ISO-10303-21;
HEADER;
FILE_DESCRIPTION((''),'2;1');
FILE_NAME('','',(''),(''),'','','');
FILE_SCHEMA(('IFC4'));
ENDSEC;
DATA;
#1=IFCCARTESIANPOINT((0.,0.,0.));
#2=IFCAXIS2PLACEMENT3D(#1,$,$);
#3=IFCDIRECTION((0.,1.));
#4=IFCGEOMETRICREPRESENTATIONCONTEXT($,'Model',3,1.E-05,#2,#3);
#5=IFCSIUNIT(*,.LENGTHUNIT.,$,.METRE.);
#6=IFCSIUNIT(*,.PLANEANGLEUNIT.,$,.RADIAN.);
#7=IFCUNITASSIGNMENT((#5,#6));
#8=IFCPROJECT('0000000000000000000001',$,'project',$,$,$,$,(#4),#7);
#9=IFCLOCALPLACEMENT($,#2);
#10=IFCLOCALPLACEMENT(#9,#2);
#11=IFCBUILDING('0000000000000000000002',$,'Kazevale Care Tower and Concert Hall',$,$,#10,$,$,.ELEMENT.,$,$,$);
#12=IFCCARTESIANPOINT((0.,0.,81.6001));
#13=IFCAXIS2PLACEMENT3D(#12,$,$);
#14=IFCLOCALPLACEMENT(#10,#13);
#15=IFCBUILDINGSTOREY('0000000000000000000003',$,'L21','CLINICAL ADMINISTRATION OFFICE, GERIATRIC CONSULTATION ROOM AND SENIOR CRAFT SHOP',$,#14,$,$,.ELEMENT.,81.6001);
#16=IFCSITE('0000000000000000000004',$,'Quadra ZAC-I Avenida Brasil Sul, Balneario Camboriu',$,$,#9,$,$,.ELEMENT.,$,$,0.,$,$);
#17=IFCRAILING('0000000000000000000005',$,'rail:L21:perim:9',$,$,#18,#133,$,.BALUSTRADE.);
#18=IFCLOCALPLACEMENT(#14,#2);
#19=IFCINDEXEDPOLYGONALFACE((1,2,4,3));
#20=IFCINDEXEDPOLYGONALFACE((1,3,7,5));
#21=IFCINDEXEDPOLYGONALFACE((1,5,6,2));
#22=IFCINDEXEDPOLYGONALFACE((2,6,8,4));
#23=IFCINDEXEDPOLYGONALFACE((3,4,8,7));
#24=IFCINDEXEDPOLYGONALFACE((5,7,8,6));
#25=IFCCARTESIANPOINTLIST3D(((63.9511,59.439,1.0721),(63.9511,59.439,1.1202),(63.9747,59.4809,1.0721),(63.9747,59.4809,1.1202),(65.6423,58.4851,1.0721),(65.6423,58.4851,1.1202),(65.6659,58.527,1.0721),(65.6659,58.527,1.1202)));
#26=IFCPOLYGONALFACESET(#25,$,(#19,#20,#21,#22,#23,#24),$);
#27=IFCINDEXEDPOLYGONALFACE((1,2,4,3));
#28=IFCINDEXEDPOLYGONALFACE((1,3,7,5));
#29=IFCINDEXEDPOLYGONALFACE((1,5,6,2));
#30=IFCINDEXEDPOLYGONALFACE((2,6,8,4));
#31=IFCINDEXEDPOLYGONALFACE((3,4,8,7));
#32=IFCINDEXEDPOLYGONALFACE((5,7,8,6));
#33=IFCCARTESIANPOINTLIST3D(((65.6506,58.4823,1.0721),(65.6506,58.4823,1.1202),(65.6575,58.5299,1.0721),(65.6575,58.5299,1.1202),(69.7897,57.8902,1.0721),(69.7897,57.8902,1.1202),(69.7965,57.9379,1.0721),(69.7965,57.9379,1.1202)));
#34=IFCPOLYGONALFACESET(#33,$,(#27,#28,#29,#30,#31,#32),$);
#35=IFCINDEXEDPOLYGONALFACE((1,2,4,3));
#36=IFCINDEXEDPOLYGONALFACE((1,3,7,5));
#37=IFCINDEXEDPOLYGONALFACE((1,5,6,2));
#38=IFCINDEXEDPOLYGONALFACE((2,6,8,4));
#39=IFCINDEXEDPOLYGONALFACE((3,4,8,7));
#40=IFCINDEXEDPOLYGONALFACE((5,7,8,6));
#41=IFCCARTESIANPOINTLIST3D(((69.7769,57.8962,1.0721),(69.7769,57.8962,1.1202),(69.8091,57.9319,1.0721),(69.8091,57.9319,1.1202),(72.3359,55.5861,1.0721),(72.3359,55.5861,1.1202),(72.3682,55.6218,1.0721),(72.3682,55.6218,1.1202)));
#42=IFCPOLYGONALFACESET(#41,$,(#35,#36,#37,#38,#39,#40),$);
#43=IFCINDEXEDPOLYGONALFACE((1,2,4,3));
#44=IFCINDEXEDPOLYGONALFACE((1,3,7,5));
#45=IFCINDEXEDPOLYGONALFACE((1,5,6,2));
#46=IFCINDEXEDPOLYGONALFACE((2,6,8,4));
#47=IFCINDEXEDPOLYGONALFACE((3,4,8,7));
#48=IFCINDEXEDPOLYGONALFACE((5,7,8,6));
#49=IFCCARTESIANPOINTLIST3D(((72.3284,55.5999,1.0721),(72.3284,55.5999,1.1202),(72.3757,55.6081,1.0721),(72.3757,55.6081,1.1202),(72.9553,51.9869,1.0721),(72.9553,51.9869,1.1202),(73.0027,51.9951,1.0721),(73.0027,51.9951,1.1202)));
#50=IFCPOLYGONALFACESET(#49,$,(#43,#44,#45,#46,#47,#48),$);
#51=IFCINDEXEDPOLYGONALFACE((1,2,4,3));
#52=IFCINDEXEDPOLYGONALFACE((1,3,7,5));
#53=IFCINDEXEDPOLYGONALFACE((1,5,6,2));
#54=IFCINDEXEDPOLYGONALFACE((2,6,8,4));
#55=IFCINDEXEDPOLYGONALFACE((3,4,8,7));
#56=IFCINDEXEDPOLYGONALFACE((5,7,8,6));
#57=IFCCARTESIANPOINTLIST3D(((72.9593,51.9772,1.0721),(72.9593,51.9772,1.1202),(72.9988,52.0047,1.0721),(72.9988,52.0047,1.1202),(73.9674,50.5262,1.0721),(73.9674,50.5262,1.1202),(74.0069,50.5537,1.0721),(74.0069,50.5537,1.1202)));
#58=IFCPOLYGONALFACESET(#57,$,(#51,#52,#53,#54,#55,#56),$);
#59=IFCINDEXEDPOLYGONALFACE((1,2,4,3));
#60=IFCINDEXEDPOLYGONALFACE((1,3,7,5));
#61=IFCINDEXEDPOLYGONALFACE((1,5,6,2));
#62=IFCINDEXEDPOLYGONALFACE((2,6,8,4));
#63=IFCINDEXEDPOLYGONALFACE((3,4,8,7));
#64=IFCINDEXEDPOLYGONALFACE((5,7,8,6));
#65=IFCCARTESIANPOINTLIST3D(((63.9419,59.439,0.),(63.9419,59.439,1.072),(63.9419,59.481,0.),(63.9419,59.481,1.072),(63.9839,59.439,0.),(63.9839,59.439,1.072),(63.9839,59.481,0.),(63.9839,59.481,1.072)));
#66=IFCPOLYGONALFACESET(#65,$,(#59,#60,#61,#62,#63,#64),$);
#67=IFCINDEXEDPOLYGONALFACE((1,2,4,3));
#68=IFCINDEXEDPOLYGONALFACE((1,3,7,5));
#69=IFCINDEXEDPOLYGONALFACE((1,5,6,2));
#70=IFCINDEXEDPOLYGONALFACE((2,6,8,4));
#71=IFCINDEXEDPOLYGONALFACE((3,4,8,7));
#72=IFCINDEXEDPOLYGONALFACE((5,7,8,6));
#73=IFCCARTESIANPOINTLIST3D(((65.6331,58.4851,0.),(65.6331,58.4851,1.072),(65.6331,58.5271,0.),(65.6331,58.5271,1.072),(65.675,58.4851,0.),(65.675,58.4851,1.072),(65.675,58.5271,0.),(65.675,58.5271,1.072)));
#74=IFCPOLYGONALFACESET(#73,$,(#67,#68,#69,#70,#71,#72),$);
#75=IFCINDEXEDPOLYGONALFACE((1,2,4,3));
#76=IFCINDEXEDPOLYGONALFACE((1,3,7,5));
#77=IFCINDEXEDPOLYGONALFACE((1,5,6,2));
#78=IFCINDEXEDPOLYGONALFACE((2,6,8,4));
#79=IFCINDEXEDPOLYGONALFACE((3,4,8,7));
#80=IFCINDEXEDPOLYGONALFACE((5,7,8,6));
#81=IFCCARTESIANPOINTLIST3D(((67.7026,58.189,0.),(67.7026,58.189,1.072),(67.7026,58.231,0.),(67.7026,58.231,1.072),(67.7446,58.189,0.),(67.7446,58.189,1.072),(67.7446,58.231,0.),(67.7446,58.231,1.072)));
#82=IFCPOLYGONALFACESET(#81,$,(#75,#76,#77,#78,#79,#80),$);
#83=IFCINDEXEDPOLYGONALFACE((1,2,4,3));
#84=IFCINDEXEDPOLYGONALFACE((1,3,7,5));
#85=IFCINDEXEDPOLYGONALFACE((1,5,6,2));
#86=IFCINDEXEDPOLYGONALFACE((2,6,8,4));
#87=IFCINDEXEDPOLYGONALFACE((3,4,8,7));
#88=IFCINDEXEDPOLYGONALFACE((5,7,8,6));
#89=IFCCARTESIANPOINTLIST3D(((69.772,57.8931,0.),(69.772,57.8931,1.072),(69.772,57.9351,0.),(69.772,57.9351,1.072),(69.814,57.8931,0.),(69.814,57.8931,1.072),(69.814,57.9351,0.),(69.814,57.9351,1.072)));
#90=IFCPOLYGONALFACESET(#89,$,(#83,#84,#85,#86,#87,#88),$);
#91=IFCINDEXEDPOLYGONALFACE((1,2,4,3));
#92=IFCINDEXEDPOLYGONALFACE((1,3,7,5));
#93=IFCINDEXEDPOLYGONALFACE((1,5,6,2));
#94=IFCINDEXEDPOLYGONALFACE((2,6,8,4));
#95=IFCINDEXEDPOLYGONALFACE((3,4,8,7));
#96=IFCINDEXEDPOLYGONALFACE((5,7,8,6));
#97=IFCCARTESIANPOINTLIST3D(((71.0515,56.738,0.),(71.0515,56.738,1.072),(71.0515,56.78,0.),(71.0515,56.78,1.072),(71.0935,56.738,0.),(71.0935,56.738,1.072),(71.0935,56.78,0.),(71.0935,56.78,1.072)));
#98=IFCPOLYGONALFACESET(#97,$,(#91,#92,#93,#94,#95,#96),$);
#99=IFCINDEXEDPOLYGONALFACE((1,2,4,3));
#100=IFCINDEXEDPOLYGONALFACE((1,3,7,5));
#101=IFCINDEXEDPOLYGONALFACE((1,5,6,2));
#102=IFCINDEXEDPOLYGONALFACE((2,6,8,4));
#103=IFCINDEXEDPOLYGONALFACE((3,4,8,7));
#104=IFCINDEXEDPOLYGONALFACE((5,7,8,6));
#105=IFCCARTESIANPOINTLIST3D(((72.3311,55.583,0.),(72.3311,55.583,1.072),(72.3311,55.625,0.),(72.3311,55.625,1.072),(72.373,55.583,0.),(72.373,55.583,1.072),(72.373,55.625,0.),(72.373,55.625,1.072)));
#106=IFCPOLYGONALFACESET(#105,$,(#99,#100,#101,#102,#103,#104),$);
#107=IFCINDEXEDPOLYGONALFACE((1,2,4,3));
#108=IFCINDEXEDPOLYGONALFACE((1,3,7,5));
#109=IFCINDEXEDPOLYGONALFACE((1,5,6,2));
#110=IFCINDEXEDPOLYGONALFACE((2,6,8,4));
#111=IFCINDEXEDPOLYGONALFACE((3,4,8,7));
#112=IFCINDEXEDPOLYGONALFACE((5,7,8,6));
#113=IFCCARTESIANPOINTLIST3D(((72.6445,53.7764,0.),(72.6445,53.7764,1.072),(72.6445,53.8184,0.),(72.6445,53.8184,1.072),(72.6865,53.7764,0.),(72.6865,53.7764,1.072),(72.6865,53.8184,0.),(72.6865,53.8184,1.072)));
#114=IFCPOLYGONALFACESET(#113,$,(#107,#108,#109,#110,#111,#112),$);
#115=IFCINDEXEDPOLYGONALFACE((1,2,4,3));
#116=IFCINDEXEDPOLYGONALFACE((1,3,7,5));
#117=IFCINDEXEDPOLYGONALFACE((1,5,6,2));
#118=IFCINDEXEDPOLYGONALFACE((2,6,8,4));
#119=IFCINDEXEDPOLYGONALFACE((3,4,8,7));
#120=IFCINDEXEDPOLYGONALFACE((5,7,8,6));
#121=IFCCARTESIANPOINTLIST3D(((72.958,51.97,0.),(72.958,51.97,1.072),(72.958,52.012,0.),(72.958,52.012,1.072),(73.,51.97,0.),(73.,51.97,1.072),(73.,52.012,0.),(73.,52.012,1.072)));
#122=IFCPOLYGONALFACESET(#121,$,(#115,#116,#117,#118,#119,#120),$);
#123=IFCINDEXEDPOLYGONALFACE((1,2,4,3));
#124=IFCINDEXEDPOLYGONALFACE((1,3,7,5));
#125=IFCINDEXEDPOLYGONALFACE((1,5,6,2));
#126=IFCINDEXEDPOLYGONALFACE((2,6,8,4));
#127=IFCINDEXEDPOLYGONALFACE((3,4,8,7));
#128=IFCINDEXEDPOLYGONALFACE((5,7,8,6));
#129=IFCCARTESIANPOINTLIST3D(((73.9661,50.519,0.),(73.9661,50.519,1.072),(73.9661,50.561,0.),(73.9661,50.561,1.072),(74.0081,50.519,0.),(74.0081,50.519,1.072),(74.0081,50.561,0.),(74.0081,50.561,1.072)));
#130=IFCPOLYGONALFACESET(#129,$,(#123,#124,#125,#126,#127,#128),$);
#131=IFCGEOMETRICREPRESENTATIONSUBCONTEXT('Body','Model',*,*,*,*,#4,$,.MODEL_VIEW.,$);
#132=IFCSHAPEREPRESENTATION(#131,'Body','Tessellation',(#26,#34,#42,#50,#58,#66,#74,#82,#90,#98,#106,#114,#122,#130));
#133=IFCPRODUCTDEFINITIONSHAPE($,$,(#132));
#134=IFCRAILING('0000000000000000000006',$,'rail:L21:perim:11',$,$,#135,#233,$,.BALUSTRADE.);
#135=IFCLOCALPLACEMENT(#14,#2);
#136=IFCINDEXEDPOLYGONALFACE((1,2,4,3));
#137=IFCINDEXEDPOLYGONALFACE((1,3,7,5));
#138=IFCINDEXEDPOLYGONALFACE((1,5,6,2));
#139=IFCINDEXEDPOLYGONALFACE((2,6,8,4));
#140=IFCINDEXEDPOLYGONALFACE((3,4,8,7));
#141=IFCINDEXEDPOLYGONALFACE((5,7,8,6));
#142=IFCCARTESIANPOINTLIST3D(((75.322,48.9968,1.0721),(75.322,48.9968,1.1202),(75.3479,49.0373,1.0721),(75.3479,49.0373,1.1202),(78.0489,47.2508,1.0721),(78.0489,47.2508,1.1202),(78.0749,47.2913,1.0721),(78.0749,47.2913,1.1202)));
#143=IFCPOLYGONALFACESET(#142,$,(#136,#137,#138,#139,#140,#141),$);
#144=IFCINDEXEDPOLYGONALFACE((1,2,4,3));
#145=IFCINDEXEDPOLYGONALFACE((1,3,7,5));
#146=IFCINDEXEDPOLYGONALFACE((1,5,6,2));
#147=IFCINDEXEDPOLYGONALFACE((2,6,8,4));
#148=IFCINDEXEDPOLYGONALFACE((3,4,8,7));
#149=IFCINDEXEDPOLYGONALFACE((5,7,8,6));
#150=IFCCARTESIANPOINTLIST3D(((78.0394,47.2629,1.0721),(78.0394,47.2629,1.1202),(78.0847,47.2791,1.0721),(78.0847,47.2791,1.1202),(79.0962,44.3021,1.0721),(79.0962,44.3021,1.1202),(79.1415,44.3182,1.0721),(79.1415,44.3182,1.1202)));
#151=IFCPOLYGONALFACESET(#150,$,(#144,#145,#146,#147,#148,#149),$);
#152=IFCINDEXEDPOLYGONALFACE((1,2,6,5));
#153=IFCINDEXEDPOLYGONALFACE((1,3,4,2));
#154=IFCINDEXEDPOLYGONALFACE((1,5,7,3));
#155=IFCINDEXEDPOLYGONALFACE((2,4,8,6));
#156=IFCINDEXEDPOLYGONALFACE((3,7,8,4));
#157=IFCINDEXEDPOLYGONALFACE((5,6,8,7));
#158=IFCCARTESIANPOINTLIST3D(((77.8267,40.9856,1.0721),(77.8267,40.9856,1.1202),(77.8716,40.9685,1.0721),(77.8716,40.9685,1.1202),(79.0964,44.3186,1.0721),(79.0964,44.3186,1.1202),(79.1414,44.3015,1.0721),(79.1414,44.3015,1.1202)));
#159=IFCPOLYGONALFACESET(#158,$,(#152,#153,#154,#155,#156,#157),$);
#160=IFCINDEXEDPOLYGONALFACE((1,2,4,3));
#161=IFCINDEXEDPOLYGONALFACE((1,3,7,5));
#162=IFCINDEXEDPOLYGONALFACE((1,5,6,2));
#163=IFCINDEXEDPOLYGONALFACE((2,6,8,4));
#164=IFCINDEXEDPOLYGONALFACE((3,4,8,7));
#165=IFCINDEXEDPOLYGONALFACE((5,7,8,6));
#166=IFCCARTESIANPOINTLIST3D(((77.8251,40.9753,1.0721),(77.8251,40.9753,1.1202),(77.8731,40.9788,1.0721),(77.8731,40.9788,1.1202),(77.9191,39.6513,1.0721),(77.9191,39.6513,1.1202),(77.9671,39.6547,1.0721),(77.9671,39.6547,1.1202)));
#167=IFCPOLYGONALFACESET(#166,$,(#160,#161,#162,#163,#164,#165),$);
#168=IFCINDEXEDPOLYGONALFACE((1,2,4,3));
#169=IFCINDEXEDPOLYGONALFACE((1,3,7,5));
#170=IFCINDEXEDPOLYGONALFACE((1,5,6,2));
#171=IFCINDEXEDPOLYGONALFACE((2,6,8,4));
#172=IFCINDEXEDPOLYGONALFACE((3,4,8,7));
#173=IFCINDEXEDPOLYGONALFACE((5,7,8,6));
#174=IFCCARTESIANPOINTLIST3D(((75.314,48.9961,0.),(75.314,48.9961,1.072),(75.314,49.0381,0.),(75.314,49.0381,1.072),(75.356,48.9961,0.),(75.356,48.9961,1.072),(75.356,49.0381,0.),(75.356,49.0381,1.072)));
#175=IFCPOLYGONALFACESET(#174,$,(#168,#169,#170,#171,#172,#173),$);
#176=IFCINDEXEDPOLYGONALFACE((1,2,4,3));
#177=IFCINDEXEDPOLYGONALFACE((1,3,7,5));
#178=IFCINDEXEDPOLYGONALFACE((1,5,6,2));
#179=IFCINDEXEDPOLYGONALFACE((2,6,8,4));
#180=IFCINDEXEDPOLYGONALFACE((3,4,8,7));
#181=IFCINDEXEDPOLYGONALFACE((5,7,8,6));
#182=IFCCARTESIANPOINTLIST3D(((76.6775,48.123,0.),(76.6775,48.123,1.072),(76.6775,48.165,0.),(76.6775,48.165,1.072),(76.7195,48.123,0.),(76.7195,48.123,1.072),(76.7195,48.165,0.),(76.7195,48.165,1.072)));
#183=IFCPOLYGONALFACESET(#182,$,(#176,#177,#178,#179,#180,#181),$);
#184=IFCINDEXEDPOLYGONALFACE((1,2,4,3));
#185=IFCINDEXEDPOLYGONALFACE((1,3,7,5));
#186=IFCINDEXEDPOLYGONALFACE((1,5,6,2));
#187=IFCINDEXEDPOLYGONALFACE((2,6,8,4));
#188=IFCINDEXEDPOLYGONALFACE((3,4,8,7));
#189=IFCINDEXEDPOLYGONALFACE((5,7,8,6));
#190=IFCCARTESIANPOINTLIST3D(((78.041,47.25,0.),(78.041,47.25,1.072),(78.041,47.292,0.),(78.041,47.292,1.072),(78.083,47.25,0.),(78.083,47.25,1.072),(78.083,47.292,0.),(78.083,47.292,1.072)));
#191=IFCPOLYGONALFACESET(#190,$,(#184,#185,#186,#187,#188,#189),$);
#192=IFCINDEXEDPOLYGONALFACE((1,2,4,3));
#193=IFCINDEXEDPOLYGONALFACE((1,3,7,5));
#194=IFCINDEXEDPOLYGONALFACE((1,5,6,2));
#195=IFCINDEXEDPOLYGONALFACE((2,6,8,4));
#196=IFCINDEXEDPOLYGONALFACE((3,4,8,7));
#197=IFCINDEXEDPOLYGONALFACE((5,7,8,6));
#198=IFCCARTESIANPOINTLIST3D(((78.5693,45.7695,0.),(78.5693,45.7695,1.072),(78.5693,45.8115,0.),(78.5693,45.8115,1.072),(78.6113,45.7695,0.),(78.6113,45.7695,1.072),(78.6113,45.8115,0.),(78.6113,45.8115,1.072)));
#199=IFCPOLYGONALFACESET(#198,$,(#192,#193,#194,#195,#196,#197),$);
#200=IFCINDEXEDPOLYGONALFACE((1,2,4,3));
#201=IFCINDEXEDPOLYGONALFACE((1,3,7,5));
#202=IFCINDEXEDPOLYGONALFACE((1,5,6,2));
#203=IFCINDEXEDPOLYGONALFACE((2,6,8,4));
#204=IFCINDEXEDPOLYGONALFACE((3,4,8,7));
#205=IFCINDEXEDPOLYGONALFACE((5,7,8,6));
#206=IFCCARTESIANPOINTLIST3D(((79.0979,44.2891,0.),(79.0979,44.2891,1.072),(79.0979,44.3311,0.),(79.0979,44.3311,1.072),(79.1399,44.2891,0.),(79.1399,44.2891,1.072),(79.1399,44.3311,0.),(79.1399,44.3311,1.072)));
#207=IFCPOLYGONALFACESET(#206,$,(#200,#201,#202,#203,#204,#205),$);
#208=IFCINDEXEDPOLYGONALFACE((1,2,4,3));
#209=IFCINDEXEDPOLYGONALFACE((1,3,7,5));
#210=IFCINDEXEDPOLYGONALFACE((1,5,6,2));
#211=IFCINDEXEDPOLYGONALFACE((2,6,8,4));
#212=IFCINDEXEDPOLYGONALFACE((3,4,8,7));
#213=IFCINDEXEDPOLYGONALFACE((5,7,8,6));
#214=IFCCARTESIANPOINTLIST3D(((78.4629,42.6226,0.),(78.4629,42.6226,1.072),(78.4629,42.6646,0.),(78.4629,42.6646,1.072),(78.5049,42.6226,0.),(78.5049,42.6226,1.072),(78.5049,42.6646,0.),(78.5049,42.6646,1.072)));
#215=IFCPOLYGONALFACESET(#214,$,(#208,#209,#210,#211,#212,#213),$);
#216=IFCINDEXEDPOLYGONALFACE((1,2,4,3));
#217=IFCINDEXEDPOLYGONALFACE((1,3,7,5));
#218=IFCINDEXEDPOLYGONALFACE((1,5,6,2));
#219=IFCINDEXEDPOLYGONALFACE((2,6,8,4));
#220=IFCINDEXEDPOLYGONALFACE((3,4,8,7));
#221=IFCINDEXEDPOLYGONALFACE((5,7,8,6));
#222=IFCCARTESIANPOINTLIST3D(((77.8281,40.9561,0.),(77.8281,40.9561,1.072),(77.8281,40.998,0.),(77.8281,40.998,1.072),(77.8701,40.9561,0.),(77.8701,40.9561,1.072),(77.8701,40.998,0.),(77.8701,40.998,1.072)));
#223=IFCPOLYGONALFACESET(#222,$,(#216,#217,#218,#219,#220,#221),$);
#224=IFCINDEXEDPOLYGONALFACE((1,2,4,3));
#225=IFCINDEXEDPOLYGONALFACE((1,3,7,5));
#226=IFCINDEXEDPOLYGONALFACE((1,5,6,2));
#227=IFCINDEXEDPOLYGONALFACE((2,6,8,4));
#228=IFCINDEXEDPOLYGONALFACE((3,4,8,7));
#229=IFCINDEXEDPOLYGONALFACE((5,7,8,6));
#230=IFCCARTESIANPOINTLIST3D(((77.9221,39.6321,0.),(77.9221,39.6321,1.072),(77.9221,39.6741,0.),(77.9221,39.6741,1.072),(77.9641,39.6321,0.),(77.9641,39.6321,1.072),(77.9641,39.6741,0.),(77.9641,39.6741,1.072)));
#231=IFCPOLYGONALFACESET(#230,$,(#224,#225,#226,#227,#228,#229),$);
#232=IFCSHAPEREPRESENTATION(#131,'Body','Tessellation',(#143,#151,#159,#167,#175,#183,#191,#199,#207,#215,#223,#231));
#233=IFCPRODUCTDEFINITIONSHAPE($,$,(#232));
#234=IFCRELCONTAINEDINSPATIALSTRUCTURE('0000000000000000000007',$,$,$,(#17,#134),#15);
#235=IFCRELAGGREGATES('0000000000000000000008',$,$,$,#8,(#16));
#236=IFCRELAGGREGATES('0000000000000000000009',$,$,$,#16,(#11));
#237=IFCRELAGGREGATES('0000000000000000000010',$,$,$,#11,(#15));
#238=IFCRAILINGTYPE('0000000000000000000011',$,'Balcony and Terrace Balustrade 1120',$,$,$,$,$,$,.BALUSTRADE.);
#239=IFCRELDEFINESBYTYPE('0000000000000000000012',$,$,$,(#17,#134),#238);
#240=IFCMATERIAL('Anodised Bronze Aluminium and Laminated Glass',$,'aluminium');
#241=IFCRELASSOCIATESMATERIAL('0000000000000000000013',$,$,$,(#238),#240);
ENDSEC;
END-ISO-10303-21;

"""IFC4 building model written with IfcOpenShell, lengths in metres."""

from ifc_helpers import new_model, si_unit, direction, frame, origin, origin_2d, place, context, subcontext, project, spatial, rectangle, extrude, material, type_object, element, save


model = new_model("IFC4")

# Units and contexts
model_context = context("Model", 3, precision=1e-05, world=origin(), true_north=direction((0.0, 1.0)))
body_context = subcontext(model_context, "Body", "Model", "MODEL_VIEW")
ifc_project = project(units=[si_unit("LENGTHUNIT", "METRE"), si_unit("PLANEANGLEUNIT", "RADIAN")], contexts=[model_context])

# Site, building, storey
site_placement = place(None, origin())
site = spatial("IfcSite", under=ifc_project, at=site_placement, Name="Quadra ZAC-I Avenida Brasil Sul, Balneario Camboriu", CompositionType="ELEMENT", RefElevation=0.0)
building_placement = place(site_placement, origin())
building = spatial("IfcBuilding", under=site, at=building_placement, Name="Kazevale Care Tower and Concert Hall", CompositionType="ELEMENT")
storey_placement = place(building_placement, frame((0.0, 0.0, 81.6001)))
storey = spatial("IfcBuildingStorey", under=building, at=storey_placement, Name="L21", Description="CLINICAL ADMINISTRATION OFFICE, GERIATRIC CONSULTATION ROOM AND SENIOR CRAFT SHOP", CompositionType="ELEMENT", Elevation=81.6001)

# Railings
ifc_material_1 = material(Name="Anodised Bronze Aluminium and Laminated Glass", Category="aluminium")
railing_type = type_object("IfcRailingType", Name="Balcony and Terrace Balustrade 1120", PredefinedType="BALUSTRADE", material=ifc_material_1)
railing_1_placement = place(storey_placement, frame((63.9629, 59.46, 0.0)))
element("IfcRailing", 1, at=railing_1_placement, inside=storey, type_object=railing_type, Name="rail:L21:perim:9", PredefinedType="BALUSTRADE", context=body_context, shape_type="SweptSolid", body=[
    extrude(rectangle(XDim=0.0481, YDim=0.0481, at=origin_2d()), frame((0.0, 0.0, 1.0962), z_axis=(0.871007, -0.49127, 0.0), x_axis=(0.49127, 0.871007, 0.0)), (0.0, 0.0, 1.0), 1.9417),
    extrude(rectangle(XDim=0.0481, YDim=0.0481, at=origin_2d()), frame((1.6912, -0.9539, 1.0962), z_axis=(0.989924, -0.141601, 0.0), x_axis=(0.141601, 0.989924, 0.0)), (0.0, 0.0, 1.0), 4.1812),
    extrude(rectangle(XDim=0.0481, YDim=0.0481, at=origin_2d()), frame((5.8301, -1.5459, 1.0962), z_axis=(0.7423, -0.670067, 0.0), x_axis=(0.670067, 0.7423, 0.0)), (0.0, 0.0, 1.0), 3.4475),
    extrude(rectangle(XDim=0.0481, YDim=0.0481, at=origin_2d()), frame((8.3892, -3.856, 1.0962), z_axis=(0.17097, -0.985276, 0.0), x_axis=(0.985276, 0.17097, 0.0)), (0.0, 0.0, 1.0), 3.667),
    extrude(rectangle(XDim=0.0481, YDim=0.0481, at=origin_2d()), frame((9.0161, -7.469, 1.0962), z_axis=(0.570574, -0.821246, 0.0), x_axis=(0.821246, 0.570574, 0.0)), (0.0, 0.0, 1.0), 1.7668),
    extrude(rectangle(XDim=0.042, YDim=0.042, at=origin_2d()), origin(), (0.0, 0.0, 1.0), 1.072),
    extrude(rectangle(XDim=0.042, YDim=0.042, at=origin_2d()), frame((1.6912, -0.9539, 0.0)), (0.0, 0.0, 1.0), 1.072),
    extrude(rectangle(XDim=0.042, YDim=0.042, at=origin_2d()), frame((3.7607, -1.25, 0.0)), (0.0, 0.0, 1.0), 1.072),
    extrude(rectangle(XDim=0.042, YDim=0.042, at=origin_2d()), frame((5.8301, -1.5459, 0.0)), (0.0, 0.0, 1.0), 1.072),
    extrude(rectangle(XDim=0.042, YDim=0.042, at=origin_2d()), frame((7.1096, -2.7009, 0.0)), (0.0, 0.0, 1.0), 1.072),
    extrude(rectangle(XDim=0.042, YDim=0.042, at=origin_2d()), frame((8.3892, -3.856, 0.0)), (0.0, 0.0, 1.0), 1.072),
    extrude(rectangle(XDim=0.042, YDim=0.042, at=origin_2d()), frame((8.7026, -5.6626, 0.0)), (0.0, 0.0, 1.0), 1.072),
    extrude(rectangle(XDim=0.042, YDim=0.042, at=origin_2d()), frame((9.0161, -7.469, 0.0)), (0.0, 0.0, 1.0), 1.072),
    extrude(rectangle(XDim=0.042, YDim=0.042, at=origin_2d()), frame((10.0242, -8.9199, 0.0)), (0.0, 0.0, 1.0), 1.072),
])
railing_2_placement = place(storey_placement, frame((75.335, 49.0171, 0.0)))
element("IfcRailing", 2, at=railing_2_placement, inside=storey, type_object=railing_type, Name="rail:L21:perim:11", PredefinedType="BALUSTRADE", context=body_context, shape_type="SweptSolid", body=[
    extrude(rectangle(XDim=0.0481, YDim=0.0481, at=origin_2d()), frame((0.0, 0.0, 1.0962), z_axis=(0.842162, -0.539225, 0.0), x_axis=(0.539225, 0.842162, 0.0)), (0.0, 0.0, 1.0), 3.238),
    extrude(rectangle(XDim=0.0481, YDim=0.0481, at=origin_2d()), frame((2.7271, -1.7461, 1.0962), z_axis=(0.336169, -0.941802, 0.0), x_axis=(0.941802, 0.336169, 0.0)), (0.0, 0.0, 1.0), 3.1438),
    extrude(rectangle(XDim=0.0481, YDim=0.0481, at=origin_2d()), frame((3.7839, -4.707, 1.0962), z_axis=(-0.35601, -0.934482, 0.0), x_axis=(0.934482, -0.35601, 0.0)), (0.0, 0.0, 1.0), 3.5667),
    extrude(rectangle(XDim=0.0481, YDim=0.0481, at=origin_2d()), frame((2.5142, -8.04, 1.0962), z_axis=(0.070816, -0.997489, 0.0), x_axis=(0.997489, 0.070816, 0.0)), (0.0, 0.0, 1.0), 1.3274),
    extrude(rectangle(XDim=0.042, YDim=0.042, at=origin_2d()), origin(), (0.0, 0.0, 1.0), 1.072),
    extrude(rectangle(XDim=0.042, YDim=0.042, at=origin_2d()), frame((1.3635, -0.873, 0.0)), (0.0, 0.0, 1.0), 1.072),
    extrude(rectangle(XDim=0.042, YDim=0.042, at=origin_2d()), frame((2.7271, -1.7461, 0.0)), (0.0, 0.0, 1.0), 1.072),
    extrude(rectangle(XDim=0.042, YDim=0.042, at=origin_2d()), frame((3.2554, -3.2266, 0.0)), (0.0, 0.0, 1.0), 1.072),
    extrude(rectangle(XDim=0.042, YDim=0.042, at=origin_2d()), frame((3.7839, -4.707, 0.0)), (0.0, 0.0, 1.0), 1.072),
    extrude(rectangle(XDim=0.042, YDim=0.042, at=origin_2d()), frame((3.1489, -6.3735, 0.0)), (0.0, 0.0, 1.0), 1.072),
    extrude(rectangle(XDim=0.042, YDim=0.042, at=origin_2d()), frame((2.5142, -8.04, 0.0)), (0.0, 0.0, 1.0), 1.072),
    extrude(rectangle(XDim=0.042, YDim=0.042, at=origin_2d()), frame((2.6082, -9.364, 0.0)), (0.0, 0.0, 1.0), 1.072),
])

save(model, "model.ifc")
